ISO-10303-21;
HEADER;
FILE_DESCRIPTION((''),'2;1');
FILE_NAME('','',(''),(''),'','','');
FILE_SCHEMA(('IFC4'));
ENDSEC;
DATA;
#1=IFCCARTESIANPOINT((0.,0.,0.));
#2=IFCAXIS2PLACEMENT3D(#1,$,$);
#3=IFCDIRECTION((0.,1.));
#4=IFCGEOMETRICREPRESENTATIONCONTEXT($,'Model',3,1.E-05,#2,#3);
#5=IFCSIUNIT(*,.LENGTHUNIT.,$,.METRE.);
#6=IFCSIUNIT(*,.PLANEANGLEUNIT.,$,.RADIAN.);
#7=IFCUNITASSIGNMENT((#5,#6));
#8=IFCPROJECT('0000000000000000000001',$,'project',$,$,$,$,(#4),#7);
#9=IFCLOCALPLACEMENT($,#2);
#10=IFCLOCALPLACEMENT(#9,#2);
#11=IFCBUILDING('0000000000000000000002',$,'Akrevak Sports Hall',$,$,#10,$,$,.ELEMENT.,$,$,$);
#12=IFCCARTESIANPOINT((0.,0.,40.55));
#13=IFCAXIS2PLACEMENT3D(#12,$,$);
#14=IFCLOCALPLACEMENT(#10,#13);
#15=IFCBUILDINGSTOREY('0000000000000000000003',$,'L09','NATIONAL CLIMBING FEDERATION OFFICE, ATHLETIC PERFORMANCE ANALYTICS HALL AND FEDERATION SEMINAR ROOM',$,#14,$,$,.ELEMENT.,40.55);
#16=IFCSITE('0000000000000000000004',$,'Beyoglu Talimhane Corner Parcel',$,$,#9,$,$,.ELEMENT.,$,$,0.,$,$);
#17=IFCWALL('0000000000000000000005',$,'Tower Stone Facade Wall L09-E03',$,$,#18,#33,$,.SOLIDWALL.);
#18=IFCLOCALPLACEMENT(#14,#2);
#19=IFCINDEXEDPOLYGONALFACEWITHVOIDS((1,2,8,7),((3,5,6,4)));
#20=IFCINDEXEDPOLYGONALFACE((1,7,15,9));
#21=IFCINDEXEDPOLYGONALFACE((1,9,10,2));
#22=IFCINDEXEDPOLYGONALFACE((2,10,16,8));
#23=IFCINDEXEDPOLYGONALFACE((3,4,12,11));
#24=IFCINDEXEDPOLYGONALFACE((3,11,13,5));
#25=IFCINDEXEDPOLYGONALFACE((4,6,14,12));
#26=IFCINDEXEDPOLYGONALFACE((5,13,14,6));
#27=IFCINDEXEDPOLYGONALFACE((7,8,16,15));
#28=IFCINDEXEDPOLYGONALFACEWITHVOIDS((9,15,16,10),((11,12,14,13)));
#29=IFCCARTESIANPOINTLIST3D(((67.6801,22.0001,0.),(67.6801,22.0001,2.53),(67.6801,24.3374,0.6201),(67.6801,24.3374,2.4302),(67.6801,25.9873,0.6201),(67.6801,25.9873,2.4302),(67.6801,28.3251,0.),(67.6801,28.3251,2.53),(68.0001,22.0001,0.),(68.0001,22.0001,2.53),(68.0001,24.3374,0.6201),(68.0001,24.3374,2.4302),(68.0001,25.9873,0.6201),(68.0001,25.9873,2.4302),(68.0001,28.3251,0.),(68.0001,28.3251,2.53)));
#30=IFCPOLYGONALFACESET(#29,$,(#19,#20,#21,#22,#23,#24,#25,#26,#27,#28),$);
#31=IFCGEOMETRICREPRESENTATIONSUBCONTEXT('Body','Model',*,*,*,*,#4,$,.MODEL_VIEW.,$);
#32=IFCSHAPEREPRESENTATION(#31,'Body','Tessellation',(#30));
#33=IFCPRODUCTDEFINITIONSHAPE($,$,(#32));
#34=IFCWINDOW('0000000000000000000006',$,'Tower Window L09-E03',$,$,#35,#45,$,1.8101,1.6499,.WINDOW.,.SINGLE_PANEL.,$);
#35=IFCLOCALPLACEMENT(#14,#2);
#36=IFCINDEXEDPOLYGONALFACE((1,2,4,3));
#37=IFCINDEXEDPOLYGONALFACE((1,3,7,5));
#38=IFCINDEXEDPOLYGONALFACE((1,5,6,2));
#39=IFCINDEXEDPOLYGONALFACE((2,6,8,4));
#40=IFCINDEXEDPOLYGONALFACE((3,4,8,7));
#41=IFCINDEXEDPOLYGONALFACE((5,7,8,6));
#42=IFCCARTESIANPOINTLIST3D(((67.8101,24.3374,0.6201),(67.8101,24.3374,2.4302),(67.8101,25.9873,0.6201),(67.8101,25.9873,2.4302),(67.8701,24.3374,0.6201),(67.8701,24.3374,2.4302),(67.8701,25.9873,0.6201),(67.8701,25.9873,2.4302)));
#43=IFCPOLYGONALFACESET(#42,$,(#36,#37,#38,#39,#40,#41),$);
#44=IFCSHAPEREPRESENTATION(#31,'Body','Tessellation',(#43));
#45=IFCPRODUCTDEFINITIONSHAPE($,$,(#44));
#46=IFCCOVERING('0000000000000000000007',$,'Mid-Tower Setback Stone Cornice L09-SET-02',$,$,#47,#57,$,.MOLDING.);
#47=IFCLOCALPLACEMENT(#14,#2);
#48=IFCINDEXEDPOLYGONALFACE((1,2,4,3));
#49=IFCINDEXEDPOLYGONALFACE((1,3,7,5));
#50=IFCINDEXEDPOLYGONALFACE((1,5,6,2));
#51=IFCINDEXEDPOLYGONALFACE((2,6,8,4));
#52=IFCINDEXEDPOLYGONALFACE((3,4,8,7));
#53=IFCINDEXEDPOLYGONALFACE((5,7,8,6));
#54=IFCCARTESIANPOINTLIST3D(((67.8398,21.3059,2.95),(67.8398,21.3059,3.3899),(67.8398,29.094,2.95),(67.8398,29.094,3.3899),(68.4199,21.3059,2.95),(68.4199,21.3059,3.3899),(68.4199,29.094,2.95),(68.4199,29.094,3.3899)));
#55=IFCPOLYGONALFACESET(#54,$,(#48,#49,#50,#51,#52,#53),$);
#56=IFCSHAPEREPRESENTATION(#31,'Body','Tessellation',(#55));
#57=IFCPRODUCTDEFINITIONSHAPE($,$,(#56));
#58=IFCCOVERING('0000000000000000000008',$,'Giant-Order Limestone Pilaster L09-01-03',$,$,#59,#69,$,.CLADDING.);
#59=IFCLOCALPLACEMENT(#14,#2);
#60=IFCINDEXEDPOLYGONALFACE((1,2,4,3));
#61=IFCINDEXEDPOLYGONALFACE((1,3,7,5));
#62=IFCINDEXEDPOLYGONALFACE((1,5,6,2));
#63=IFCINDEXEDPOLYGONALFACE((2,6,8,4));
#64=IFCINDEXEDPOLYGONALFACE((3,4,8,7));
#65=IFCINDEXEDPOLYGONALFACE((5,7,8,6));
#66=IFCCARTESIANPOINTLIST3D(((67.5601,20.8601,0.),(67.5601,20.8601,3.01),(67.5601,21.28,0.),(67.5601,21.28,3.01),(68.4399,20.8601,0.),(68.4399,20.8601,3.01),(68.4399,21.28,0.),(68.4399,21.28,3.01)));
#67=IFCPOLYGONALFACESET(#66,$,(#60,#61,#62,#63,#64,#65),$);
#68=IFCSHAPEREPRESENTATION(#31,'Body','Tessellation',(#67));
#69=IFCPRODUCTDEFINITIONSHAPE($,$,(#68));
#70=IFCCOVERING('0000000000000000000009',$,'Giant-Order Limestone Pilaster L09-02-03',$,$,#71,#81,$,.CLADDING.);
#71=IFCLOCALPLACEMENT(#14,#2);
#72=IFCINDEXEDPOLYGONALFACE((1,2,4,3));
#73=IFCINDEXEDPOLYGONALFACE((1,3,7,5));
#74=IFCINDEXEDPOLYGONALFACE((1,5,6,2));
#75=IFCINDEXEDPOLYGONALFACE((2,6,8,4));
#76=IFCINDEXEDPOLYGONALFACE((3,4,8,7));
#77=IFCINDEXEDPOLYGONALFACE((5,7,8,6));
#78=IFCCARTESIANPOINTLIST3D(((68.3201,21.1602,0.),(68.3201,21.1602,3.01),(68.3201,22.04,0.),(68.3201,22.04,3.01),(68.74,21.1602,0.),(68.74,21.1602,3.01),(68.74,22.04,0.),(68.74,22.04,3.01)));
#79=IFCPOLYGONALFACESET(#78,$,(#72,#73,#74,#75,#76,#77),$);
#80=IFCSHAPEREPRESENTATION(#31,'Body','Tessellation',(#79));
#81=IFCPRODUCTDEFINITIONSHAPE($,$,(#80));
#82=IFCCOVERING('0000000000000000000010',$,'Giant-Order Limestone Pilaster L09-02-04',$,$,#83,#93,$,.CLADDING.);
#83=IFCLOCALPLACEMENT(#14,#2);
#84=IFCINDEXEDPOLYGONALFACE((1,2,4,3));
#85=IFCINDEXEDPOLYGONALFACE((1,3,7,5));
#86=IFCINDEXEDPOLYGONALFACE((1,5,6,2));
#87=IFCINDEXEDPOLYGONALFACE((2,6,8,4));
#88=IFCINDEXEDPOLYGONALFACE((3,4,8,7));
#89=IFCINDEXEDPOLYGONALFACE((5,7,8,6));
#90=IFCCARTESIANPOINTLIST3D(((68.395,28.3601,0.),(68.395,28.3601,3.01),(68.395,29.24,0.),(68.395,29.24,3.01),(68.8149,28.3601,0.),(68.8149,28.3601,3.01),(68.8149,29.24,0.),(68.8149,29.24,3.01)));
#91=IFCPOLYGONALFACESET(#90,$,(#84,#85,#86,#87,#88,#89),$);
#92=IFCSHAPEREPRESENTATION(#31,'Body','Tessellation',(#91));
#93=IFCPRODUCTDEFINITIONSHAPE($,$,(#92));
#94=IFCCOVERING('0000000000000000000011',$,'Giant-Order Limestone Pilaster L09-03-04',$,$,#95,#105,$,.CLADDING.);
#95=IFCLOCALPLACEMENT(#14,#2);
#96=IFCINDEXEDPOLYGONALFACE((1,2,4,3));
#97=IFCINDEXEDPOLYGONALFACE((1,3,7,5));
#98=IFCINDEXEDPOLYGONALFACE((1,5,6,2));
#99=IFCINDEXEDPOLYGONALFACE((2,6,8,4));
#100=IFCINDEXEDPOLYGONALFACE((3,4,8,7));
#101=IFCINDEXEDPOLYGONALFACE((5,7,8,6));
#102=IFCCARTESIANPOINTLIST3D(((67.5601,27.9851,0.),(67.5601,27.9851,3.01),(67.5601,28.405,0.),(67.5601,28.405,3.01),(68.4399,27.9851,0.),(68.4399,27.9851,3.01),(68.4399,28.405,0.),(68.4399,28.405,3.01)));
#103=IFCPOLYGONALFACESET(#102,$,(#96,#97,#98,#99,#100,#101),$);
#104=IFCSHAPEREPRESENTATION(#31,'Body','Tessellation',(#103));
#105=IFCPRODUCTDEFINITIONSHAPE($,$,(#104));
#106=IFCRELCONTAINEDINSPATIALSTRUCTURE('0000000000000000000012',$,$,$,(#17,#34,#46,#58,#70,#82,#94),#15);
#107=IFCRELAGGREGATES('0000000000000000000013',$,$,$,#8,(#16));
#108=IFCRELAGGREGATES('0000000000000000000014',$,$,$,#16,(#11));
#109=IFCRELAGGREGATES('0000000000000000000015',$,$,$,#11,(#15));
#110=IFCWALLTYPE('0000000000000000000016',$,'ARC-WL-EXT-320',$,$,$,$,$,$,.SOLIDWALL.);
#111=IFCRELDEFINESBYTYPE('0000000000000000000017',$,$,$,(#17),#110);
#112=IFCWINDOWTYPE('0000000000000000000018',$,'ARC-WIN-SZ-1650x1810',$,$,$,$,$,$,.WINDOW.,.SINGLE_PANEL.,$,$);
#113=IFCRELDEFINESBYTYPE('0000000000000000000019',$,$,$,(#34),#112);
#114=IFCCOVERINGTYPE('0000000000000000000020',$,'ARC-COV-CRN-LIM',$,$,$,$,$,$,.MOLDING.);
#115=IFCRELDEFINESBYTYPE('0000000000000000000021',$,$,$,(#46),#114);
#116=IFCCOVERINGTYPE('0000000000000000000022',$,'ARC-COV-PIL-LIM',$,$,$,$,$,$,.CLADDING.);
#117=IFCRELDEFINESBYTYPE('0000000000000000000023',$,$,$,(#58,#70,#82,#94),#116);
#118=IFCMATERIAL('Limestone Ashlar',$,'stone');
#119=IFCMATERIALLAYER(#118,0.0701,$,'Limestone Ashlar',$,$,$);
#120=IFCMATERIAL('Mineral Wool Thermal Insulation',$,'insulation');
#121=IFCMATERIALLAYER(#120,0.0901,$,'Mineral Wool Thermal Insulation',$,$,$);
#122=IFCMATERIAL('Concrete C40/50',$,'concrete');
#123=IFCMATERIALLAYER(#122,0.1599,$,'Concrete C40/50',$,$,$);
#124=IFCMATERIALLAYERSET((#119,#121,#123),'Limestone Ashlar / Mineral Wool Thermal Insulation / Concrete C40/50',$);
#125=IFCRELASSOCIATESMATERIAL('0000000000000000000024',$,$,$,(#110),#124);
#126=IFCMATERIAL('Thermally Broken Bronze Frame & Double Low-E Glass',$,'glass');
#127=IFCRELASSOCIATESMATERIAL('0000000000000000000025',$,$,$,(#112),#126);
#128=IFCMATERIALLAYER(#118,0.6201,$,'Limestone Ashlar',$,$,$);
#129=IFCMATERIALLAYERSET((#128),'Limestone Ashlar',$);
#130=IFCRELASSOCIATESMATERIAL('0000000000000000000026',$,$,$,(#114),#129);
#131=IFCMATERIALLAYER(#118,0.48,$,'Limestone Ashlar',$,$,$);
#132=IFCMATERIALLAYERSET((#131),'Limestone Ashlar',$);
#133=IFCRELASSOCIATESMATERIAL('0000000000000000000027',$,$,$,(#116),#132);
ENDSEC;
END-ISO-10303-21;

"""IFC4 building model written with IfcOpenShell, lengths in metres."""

from ifc_helpers import new_model, si_unit, direction, frame, frame_2d, origin, origin_2d, place, context, subcontext, project, spatial, rectangle, extrude, material, layer, layer_set, type_object, element, fill, save


model = new_model("IFC4")

# Units and contexts
model_context = context("Model", 3, precision=1e-05, world=origin(), true_north=direction((0.0, 1.0)))
body_context = subcontext(model_context, "Body", "Model", "MODEL_VIEW")
ifc_project = project(units=[si_unit("LENGTHUNIT", "METRE"), si_unit("PLANEANGLEUNIT", "RADIAN")], contexts=[model_context])

# Site, building, storey
site_placement = place(None, origin())
site = spatial("IfcSite", under=ifc_project, at=site_placement, Name="Beyoglu Talimhane Corner Parcel", CompositionType="ELEMENT", RefElevation=0.0)
building_placement = place(site_placement, origin())
building = spatial("IfcBuilding", under=site, at=building_placement, Name="Akrevak Sports Hall", CompositionType="ELEMENT")
storey_placement = place(building_placement, frame((0.0, 0.0, 40.55)))
storey = spatial("IfcBuildingStorey", under=building, at=storey_placement, Name="L09", Description="NATIONAL CLIMBING FEDERATION OFFICE, ATHLETIC PERFORMANCE ANALYTICS HALL AND FEDERATION SEMINAR ROOM", CompositionType="ELEMENT", Elevation=40.55)

# Shared definitions
ifc_material_1 = material(Name="Concrete C40/50", Category="concrete")

# Wall, opening, window
ifc_material_2 = material(Name="Limestone Ashlar", Category="stone")
ifc_layer_1 = layer(ifc_material_2, 0.0701, Name="Limestone Ashlar")
ifc_material_3 = material(Name="Mineral Wool Thermal Insulation", Category="insulation")
ifc_layer_2 = layer(ifc_material_3, 0.0901, Name="Mineral Wool Thermal Insulation")
ifc_layer_3 = layer(ifc_material_1, 0.1599, Name="Concrete C40/50")
ifc_layer_set_1 = layer_set([ifc_layer_1, ifc_layer_2, ifc_layer_3], Name="Limestone Ashlar / Mineral Wool Thermal Insulation / Concrete C40/50")
wall_type = type_object("IfcWallType", Name="ARC-WL-EXT-320", PredefinedType="SOLIDWALL", material=ifc_layer_set_1)
wall_placement = place(storey_placement, frame((67.8401, 22.0, 0.0), z_axis=(0.0, 0.0, 1.0), x_axis=(0.0, 1.0, 0.0)))
wall = element("IfcWall", 1, at=wall_placement, inside=storey, type_object=wall_type, Name="Tower Stone Facade Wall L09-E03", PredefinedType="SOLIDWALL", context=body_context, shape_type="SweptSolid", body=[
    extrude(rectangle(XDim=6.325, YDim=0.3201, at=frame_2d((3.1626, 0.0))), origin(), (0.0, 0.0, 1.0), 2.53),
])
opening_placement = place(wall_placement, frame((2.3374, 0.0, 0.6201)))
opening = element("IfcOpeningElement", 2, at=opening_placement, cuts=wall, PredefinedType="OPENING", context=body_context, shape_type="SweptSolid", body=[
    extrude(rectangle(XDim=1.6499, YDim=1.8101, at=frame_2d((0.825, 0.905))), frame((0.0, 0.1719, 0.0), z_axis=(0.0, -1.0, 0.0), x_axis=(1.0, 0.0, 0.0)), (0.0, 0.0, 1.0), 0.344),
])
ifc_material_4 = material(Name="Thermally Broken Bronze Frame & Double Low-E Glass", Category="glass")
window_type = type_object("IfcWindowType", Name="ARC-WIN-SZ-1650x1810", PartitioningType="SINGLE_PANEL", PredefinedType="WINDOW", material=ifc_material_4)
window_placement = place(opening_placement, origin())
window = element("IfcWindow", 3, at=window_placement, inside=storey, type_object=window_type, Name="Tower Window L09-E03", OverallHeight=1.8101, OverallWidth=1.6499, PartitioningType="SINGLE_PANEL", PredefinedType="WINDOW", context=body_context, shape_type="SweptSolid", body=[
    extrude(rectangle(XDim=1.6499, YDim=1.8101, at=frame_2d((0.825, 0.905))), frame((0.0, 0.03, 0.0), z_axis=(0.0, -1.0, 0.0), x_axis=(1.0, 0.0, 0.0)), (0.0, 0.0, 1.0), 0.0601),
])
fill(opening, window)

# Coverings
ifc_layer_4 = layer(ifc_material_2, 0.6201, Name="Limestone Ashlar")
ifc_layer_set_2 = layer_set([ifc_layer_4], Name="Limestone Ashlar")
covering_type_1 = type_object("IfcCoveringType", Name="ARC-COV-CRN-LIM", PredefinedType="MOLDING", material=ifc_layer_set_2)
covering_placement = place(storey_placement, frame((68.1299, 25.2, 2.95), z_axis=(0.0, 0.0, 1.0), x_axis=(0.0, 1.0, 0.0)))
element("IfcCovering", 4, at=covering_placement, inside=storey, type_object=covering_type_1, Name="Mid-Tower Setback Stone Cornice L09-SET-02", PredefinedType="MOLDING", context=body_context, shape_type="SweptSolid", body=[
    extrude(rectangle(XDim=7.7881, YDim=0.5801, at=origin_2d()), origin(), (0.0, 0.0, 1.0), 0.4399),
])
ifc_layer_5 = layer(ifc_material_2, 0.48, Name="Limestone Ashlar")
ifc_layer_set_3 = layer_set([ifc_layer_5], Name="Limestone Ashlar")
covering_type_2 = type_object("IfcCoveringType", Name="ARC-COV-PIL-LIM", PredefinedType="CLADDING", material=ifc_layer_set_3)
for number, where, z_axis, x_axis, name in (
    (5, (68.0, 21.0701, 0.0), (0.0, 0.0, 1.0), (1.0, 0.0, 0.0), "Giant-Order Limestone Pilaster L09-01-03"),
    (6, (68.53, 21.6001, 0.0), (0.0, 0.0, 1.0), (0.0, 1.0, 0.0), "Giant-Order Limestone Pilaster L09-02-03"),
    (7, (68.605, 28.8, 0.0), (0.0, 0.0, 1.0), (0.0, 1.0, 0.0), "Giant-Order Limestone Pilaster L09-02-04"),
    (8, (68.0, 28.1951, 0.0), (0.0, 0.0, 1.0), (1.0, 0.0, 0.0), "Giant-Order Limestone Pilaster L09-03-04"),
):
    element("IfcCovering", number, at=place(storey_placement, frame(where, z_axis=z_axis, x_axis=x_axis)), inside=storey, type_object=covering_type_2, Name=name, PredefinedType="CLADDING", context=body_context, shape_type="SweptSolid", body=[
        extrude(rectangle(XDim=0.8799, YDim=0.4199, at=origin_2d()), origin(), (0.0, 0.0, 1.0), 3.01),
    ])

save(model, "model.ifc")
